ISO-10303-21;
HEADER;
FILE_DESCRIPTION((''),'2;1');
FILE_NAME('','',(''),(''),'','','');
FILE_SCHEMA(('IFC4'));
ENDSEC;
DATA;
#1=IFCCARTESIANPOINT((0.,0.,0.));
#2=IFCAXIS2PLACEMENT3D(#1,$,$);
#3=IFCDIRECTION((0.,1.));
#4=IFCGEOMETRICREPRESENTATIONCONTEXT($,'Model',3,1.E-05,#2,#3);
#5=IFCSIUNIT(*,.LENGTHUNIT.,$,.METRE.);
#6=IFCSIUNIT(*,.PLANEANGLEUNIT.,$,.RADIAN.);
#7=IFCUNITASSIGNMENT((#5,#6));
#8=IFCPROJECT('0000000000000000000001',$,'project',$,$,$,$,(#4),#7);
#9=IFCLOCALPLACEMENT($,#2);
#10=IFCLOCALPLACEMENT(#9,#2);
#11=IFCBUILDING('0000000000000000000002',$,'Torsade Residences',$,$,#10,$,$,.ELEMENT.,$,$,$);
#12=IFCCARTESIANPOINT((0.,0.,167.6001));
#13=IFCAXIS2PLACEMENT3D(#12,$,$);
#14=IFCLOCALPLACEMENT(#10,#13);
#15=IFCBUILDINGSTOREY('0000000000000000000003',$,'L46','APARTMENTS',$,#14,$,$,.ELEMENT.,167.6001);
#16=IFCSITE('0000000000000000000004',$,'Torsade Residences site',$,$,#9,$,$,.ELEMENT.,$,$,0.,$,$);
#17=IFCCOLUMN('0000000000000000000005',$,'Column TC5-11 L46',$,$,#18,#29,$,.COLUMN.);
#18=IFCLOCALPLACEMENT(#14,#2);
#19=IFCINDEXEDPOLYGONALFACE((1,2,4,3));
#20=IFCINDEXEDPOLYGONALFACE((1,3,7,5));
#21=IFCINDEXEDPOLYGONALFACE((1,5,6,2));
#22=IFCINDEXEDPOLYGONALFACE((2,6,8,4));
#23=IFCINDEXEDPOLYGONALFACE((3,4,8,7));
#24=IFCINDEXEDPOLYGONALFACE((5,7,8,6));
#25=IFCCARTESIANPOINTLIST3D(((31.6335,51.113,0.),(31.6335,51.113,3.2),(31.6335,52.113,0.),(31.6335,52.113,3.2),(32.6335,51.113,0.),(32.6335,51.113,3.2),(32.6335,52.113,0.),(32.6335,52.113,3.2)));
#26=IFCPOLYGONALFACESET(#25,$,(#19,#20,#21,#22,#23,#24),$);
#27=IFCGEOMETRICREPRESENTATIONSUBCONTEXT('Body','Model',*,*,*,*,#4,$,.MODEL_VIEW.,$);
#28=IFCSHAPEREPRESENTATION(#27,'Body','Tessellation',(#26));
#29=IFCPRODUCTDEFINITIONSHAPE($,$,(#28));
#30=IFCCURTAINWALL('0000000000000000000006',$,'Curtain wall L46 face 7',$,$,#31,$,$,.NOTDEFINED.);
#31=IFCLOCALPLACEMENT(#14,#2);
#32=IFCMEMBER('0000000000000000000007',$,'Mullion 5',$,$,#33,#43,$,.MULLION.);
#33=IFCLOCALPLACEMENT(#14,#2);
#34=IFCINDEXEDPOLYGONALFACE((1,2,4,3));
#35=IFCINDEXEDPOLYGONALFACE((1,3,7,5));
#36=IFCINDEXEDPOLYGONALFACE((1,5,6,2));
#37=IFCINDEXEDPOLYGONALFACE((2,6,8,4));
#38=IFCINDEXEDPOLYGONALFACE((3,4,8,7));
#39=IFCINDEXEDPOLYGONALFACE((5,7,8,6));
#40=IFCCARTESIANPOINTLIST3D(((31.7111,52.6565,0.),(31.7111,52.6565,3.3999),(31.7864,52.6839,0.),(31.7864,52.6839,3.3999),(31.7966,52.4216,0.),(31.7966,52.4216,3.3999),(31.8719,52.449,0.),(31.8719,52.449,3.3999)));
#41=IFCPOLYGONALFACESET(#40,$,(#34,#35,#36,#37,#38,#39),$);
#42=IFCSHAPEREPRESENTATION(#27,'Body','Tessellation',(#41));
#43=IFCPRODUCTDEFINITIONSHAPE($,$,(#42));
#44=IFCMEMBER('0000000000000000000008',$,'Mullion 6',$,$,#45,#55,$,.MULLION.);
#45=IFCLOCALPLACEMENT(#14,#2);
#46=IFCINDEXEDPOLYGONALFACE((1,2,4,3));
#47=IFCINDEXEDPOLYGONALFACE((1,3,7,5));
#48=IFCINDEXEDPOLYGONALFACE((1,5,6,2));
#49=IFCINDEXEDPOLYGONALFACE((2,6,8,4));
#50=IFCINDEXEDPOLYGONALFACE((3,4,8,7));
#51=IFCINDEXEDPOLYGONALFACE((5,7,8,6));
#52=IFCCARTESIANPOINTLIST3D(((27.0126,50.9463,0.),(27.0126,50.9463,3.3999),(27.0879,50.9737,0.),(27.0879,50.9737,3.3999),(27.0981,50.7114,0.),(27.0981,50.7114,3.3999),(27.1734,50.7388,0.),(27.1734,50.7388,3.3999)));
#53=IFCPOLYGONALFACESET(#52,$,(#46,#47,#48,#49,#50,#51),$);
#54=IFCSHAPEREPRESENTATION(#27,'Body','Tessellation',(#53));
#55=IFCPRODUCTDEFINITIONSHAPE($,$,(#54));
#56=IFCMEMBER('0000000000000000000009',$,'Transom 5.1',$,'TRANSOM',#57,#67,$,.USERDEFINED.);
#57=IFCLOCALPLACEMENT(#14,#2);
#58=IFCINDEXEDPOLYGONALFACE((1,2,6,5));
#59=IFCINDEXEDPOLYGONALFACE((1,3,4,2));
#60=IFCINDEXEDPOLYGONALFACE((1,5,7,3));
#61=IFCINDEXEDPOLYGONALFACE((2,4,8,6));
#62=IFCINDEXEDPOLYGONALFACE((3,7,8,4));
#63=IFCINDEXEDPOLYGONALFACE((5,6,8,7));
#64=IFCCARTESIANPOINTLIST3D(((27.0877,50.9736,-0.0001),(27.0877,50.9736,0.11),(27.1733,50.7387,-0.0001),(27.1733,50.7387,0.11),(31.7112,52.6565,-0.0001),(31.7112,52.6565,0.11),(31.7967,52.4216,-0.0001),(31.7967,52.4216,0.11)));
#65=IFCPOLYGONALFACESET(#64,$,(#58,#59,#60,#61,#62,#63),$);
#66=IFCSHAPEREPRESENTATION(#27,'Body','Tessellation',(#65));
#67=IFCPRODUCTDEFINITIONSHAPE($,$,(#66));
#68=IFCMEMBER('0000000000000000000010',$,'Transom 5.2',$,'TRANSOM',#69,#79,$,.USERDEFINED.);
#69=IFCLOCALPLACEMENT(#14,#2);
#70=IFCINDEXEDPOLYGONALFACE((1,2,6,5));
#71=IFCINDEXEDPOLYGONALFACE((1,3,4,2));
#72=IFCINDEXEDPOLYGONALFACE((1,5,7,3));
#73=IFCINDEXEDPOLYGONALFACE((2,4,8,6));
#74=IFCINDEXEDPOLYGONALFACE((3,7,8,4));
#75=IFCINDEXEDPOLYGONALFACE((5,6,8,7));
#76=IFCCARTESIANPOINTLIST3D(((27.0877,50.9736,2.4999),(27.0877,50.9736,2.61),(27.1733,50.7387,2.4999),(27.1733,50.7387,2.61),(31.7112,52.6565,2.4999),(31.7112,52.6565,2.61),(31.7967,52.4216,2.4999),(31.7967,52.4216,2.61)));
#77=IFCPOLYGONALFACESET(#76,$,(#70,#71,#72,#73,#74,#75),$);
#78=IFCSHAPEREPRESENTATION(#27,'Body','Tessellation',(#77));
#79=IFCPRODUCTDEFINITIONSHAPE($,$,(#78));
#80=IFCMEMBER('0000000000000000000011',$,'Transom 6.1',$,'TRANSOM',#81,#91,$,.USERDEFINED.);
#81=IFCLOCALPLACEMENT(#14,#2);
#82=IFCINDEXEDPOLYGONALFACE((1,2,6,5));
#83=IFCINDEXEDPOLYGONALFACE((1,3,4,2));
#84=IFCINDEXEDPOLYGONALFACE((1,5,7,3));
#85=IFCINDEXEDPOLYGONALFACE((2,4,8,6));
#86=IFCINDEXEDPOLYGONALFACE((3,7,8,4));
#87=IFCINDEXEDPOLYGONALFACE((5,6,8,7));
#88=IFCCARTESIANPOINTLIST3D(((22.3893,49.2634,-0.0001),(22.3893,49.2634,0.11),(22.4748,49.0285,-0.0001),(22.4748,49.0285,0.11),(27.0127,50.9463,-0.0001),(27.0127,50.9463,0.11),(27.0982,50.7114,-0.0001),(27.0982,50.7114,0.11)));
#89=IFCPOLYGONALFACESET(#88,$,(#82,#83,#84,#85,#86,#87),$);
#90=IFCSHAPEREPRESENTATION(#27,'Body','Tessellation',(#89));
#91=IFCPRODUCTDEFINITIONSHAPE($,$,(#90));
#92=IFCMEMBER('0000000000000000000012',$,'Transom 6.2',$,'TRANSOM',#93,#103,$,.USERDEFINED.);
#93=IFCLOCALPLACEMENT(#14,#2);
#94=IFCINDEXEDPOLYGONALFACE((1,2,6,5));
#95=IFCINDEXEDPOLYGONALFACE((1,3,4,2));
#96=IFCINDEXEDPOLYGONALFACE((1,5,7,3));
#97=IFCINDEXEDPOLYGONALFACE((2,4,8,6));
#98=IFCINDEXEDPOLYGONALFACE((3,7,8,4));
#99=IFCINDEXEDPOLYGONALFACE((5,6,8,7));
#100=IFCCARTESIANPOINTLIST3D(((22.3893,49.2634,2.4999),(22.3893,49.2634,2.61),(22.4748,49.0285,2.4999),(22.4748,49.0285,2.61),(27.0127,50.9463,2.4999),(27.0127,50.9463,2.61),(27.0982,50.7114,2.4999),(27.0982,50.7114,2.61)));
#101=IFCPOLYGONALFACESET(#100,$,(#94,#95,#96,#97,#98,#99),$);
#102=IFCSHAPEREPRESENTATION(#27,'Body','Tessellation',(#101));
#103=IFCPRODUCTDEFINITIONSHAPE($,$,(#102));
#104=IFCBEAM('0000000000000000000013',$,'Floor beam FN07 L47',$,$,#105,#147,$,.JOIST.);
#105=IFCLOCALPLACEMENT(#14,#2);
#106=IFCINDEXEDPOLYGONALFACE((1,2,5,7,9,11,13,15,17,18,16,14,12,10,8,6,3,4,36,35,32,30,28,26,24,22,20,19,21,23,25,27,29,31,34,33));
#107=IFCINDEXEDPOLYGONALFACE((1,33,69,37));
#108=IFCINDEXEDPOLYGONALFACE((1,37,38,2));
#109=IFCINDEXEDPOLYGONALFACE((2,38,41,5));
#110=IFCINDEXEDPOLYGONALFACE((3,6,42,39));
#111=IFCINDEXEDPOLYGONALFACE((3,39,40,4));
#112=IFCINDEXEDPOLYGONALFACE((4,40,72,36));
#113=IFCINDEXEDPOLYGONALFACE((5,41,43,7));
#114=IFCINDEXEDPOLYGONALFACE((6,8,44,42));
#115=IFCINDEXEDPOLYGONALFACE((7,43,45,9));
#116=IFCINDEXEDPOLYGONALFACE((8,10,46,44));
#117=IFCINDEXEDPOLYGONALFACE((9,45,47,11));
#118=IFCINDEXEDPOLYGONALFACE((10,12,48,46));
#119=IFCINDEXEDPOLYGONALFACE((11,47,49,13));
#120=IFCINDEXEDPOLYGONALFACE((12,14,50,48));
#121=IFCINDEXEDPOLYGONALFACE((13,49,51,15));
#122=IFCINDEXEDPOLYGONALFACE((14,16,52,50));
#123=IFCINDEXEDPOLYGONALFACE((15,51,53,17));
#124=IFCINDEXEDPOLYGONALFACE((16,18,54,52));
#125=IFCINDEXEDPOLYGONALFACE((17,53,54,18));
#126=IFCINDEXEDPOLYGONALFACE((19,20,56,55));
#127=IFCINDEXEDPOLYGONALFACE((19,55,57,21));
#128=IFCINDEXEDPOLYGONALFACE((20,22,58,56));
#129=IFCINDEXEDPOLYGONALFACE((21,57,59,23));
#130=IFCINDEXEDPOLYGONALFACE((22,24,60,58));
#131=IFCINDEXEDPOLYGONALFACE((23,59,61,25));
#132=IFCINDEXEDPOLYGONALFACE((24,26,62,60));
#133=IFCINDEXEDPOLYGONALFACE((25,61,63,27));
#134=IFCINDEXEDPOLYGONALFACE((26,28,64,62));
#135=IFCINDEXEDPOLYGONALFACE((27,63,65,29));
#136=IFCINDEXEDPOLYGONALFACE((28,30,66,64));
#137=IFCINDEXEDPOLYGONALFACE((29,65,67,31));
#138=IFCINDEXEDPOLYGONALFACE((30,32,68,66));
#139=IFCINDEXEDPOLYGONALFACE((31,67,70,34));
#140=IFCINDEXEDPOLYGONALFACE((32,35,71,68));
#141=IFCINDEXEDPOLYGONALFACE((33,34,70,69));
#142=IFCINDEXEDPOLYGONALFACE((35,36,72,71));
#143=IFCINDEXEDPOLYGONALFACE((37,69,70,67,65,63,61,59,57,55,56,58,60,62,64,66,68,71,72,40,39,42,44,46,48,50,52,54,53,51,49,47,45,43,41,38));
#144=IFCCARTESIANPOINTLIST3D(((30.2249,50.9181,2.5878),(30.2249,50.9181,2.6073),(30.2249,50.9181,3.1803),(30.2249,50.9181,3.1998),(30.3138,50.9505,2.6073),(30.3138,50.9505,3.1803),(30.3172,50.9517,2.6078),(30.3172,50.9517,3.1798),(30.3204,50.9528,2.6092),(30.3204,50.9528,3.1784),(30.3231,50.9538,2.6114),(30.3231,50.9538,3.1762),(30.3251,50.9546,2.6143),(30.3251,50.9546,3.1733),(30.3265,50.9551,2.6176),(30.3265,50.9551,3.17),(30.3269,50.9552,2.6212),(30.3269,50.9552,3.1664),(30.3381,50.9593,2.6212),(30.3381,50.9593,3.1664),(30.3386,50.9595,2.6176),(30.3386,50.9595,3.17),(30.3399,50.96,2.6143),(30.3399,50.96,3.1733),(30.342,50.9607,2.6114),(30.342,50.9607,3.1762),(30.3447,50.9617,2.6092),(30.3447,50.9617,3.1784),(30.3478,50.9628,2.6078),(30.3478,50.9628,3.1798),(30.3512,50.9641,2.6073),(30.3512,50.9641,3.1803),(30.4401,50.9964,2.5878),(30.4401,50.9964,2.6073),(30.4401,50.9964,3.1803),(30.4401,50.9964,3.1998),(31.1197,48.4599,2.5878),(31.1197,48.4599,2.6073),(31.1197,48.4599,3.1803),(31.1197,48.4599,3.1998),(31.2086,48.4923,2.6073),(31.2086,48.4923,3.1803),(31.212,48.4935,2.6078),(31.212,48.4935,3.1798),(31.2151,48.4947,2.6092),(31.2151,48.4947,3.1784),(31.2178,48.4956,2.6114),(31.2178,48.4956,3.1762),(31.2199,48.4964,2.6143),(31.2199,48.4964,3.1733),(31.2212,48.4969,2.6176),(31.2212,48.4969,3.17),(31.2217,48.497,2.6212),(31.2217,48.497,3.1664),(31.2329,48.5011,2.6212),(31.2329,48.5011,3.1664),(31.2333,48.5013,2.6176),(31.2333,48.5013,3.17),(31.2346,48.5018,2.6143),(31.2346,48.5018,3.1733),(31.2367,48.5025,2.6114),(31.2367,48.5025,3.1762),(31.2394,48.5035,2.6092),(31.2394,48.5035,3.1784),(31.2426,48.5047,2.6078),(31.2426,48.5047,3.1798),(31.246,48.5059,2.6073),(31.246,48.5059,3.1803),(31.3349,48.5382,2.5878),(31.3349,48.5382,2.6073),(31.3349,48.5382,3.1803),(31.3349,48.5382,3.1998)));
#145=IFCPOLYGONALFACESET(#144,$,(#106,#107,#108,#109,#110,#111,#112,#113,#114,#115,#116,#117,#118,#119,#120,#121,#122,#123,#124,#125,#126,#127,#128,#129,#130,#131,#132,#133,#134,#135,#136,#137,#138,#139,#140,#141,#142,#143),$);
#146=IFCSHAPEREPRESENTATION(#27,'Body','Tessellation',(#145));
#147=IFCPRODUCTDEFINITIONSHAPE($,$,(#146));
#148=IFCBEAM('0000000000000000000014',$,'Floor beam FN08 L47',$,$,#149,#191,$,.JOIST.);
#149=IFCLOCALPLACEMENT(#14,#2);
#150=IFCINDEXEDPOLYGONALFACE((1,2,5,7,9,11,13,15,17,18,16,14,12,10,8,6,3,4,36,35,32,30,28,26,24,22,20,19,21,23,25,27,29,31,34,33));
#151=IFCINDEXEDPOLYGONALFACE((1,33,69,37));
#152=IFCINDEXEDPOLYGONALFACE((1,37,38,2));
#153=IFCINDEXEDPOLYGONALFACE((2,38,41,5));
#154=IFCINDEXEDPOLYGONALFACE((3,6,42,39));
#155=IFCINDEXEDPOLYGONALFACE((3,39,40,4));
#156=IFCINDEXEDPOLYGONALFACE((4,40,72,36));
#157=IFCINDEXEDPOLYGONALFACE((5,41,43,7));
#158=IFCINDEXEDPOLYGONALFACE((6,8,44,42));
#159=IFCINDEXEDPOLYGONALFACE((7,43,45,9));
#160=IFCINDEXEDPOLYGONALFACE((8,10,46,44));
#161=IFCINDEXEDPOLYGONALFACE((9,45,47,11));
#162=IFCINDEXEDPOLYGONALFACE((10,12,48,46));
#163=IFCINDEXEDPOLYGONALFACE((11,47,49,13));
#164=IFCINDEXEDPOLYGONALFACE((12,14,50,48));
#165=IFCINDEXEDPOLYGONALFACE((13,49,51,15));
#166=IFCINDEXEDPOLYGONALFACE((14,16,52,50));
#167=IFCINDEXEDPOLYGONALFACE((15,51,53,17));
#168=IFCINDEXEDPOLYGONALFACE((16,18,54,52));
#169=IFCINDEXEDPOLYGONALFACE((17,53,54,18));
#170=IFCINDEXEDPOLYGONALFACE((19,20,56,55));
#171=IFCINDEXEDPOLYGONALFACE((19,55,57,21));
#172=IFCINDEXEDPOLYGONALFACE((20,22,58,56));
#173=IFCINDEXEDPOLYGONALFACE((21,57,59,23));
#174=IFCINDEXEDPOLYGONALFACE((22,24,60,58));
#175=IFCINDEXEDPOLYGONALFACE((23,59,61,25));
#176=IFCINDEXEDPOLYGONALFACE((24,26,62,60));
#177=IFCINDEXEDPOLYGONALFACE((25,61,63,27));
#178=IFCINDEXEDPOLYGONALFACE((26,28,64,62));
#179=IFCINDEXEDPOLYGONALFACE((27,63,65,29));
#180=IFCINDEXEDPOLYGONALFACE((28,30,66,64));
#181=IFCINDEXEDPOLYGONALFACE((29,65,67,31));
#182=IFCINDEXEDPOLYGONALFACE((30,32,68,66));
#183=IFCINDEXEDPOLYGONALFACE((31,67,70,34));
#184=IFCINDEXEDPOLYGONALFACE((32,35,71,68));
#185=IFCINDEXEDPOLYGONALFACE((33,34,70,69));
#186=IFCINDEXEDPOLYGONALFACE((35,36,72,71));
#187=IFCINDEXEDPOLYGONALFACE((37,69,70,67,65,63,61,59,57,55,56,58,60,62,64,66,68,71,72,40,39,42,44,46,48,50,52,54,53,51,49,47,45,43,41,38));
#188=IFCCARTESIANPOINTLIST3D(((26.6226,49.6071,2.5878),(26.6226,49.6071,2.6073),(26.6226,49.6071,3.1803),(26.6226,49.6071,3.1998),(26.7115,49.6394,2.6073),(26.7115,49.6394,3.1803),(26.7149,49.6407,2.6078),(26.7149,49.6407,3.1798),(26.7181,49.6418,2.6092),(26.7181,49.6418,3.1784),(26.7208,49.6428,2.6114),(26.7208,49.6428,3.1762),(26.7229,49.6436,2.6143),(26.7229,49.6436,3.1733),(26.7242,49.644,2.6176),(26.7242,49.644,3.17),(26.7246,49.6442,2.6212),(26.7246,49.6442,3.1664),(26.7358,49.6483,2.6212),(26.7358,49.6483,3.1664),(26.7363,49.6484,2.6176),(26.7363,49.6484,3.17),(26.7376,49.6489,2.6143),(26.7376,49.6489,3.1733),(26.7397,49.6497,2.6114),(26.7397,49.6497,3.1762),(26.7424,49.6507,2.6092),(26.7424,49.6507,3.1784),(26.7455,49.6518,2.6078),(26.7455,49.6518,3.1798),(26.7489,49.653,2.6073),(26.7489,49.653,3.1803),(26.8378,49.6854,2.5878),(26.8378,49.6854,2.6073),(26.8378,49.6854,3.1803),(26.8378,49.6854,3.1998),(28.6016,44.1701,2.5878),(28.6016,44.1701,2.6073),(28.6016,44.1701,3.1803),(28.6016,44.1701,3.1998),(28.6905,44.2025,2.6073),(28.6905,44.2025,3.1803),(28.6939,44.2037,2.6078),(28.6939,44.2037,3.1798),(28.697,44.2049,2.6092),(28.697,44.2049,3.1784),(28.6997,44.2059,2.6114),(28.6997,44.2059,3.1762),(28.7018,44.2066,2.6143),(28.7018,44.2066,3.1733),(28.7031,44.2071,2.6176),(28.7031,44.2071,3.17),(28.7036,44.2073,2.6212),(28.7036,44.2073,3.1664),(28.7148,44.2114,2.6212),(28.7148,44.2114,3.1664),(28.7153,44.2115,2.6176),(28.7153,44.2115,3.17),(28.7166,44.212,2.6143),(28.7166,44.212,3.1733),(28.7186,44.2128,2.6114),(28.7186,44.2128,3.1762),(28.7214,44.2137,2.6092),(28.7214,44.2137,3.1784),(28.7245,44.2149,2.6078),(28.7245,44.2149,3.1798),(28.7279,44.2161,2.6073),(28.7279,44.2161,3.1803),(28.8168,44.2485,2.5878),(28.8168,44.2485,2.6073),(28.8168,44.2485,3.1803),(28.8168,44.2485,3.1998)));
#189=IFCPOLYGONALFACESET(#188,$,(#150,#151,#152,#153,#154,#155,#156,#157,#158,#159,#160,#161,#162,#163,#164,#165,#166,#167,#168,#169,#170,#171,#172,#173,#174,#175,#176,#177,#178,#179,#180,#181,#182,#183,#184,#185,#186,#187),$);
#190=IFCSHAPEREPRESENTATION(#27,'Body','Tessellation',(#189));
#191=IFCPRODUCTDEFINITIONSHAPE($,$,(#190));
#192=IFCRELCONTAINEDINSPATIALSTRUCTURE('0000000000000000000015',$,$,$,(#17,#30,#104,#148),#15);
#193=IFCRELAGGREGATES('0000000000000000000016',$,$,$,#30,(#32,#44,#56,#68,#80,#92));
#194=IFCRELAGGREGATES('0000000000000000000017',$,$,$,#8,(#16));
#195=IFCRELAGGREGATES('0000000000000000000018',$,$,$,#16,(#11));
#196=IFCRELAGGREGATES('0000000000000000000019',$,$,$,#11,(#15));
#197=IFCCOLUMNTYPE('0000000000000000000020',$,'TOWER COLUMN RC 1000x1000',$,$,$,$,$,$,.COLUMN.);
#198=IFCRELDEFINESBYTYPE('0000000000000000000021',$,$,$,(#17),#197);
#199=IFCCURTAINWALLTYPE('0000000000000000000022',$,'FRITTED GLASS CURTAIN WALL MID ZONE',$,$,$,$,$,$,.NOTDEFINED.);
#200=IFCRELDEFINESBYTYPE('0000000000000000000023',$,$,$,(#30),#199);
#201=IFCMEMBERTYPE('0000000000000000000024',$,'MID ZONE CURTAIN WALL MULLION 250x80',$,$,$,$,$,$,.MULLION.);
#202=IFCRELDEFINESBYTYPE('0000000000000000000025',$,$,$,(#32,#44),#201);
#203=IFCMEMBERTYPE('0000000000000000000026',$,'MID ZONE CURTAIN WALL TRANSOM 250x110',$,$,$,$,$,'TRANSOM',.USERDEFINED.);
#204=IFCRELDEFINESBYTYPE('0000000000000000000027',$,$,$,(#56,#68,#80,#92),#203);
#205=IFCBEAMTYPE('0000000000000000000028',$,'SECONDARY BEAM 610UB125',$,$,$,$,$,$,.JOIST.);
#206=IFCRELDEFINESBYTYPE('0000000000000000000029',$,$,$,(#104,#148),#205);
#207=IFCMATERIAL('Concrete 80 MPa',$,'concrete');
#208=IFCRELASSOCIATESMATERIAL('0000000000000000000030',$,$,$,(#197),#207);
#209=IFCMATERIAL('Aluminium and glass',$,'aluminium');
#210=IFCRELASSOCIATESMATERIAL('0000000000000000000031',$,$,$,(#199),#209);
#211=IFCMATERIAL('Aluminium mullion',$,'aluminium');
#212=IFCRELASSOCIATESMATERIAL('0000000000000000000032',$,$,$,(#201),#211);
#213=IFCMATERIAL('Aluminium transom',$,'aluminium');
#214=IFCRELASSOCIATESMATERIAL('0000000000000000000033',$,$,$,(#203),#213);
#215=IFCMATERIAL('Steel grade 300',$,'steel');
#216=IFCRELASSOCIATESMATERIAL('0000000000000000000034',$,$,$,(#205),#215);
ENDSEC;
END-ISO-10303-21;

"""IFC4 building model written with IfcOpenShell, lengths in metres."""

from ifc_helpers import new_model, si_unit, direction, frame, origin, origin_2d, place, context, subcontext, project, spatial, rectangle, i_section, extrude, material, material_profile, profile_set, type_object, element, aggregate, save


model = new_model("IFC4")

# Units and contexts
model_context = context("Model", 3, precision=1e-05, world=origin(), true_north=direction((0.0, 1.0)))
body_context = subcontext(model_context, "Body", "Model", "MODEL_VIEW")
ifc_project = project(units=[si_unit("LENGTHUNIT", "METRE"), si_unit("PLANEANGLEUNIT", "RADIAN")], contexts=[model_context])

# Site, building, storey
site_placement = place(None, origin())
site = spatial("IfcSite", under=ifc_project, at=site_placement, Name="Torsade Residences site", CompositionType="ELEMENT", RefElevation=0.0)
building_placement = place(site_placement, origin())
building = spatial("IfcBuilding", under=site, at=building_placement, Name="Torsade Residences", CompositionType="ELEMENT")
storey_placement = place(building_placement, frame((0.0, 0.0, 167.6001)))
storey = spatial("IfcBuildingStorey", under=building, at=storey_placement, Name="L46", Description="APARTMENTS", CompositionType="ELEMENT", Elevation=167.6001)

# Column
ifc_material_1 = material(Name="Concrete 80 MPa", Category="concrete")
ifc_material_profile_1 = material_profile(ifc_material_1, rectangle(XDim=1.0, YDim=1.0, at=origin_2d()), Name="RC 1000x1000")
ifc_profile_set_1 = profile_set([ifc_material_profile_1], Name="Concrete 80 MPa")
column_type = type_object("IfcColumnType", Name="TOWER COLUMN RC 1000x1000", PredefinedType="COLUMN", material=ifc_profile_set_1)
column_placement = place(storey_placement, frame((32.1335, 51.613, 0.0), z_axis=(0.0, 0.0, 1.0), x_axis=(1.0, 0.0, 0.0)))
element("IfcColumn", 1, at=column_placement, inside=storey, type_object=column_type, Name="Column TC5-11 L46", PredefinedType="COLUMN", context=body_context, shape_type="SweptSolid", body=[
    extrude(rectangle(XDim=1.0, YDim=1.0, at=origin_2d()), origin(), (0.0, 0.0, 1.0), 3.2),
])

# Curtain wall, members
ifc_material_2 = material(Name="Aluminium and glass", Category="aluminium")
curtain_wall_type = type_object("IfcCurtainWallType", Name="FRITTED GLASS CURTAIN WALL MID ZONE", PredefinedType="NOTDEFINED", material=ifc_material_2)
curtain_wall_placement = place(storey_placement, origin())
curtain_wall = element("IfcCurtainWall", 2, at=curtain_wall_placement, inside=storey, type_object=curtain_wall_type, Name="Curtain wall L46 face 7", PredefinedType="NOTDEFINED")
ifc_material_3 = material(Name="Aluminium mullion", Category="aluminium")
ifc_material_profile_2 = material_profile(ifc_material_3, rectangle(XDim=0.25, YDim=0.0801, at=origin_2d()), Name="MID ZONE CURTAIN WALL MULLION 250x80")
ifc_profile_set_2 = profile_set([ifc_material_profile_2], Name="Aluminium mullion")
member_type_1 = type_object("IfcMemberType", Name="MID ZONE CURTAIN WALL MULLION 250x80", PredefinedType="MULLION", material=ifc_profile_set_2)
member_1_placement = place(storey_placement, frame((31.7915, 52.5527, 0.0), z_axis=(0.0, 0.0, 1.0), x_axis=(0.34202, -0.939693, 0.0)))
member_1 = element("IfcMember", 3, at=member_1_placement, type_object=member_type_1, Name="Mullion 5", PredefinedType="MULLION", context=body_context, shape_type="SweptSolid", body=[
    extrude(rectangle(XDim=0.25, YDim=0.0801, at=origin_2d()), origin(), (0.0, 0.0, 1.0), 3.3999),
])
member_2_placement = place(storey_placement, frame((27.093, 50.8425, 0.0), z_axis=(0.0, 0.0, 1.0), x_axis=(0.34202, -0.939693, 0.0)))
member_2 = element("IfcMember", 4, at=member_2_placement, type_object=member_type_1, Name="Mullion 6", PredefinedType="MULLION", context=body_context, shape_type="SweptSolid", body=[
    extrude(rectangle(XDim=0.25, YDim=0.0801, at=origin_2d()), origin(), (0.0, 0.0, 1.0), 3.3999),
])
ifc_material_4 = material(Name="Aluminium transom", Category="aluminium")
ifc_material_profile_3 = material_profile(ifc_material_4, rectangle(XDim=0.25, YDim=0.1101, at=origin_2d()), Name="MID ZONE CURTAIN WALL TRANSOM 250x110")
ifc_profile_set_3 = profile_set([ifc_material_profile_3], Name="Aluminium transom")
member_type_2 = type_object("IfcMemberType", Name="MID ZONE CURTAIN WALL TRANSOM 250x110", ElementType="TRANSOM", PredefinedType="USERDEFINED", material=ifc_profile_set_3)
member_3_placement = place(storey_placement, frame((31.7539, 52.5391, 0.0549), z_axis=(-0.939685, -0.342042, 0.0), x_axis=(0.342042, -0.939685, 0.0)))
member_3 = element("IfcMember", 5, at=member_3_placement, type_object=member_type_2, Name="Transom 5.1", ObjectType="TRANSOM", PredefinedType="USERDEFINED", context=body_context, shape_type="SweptSolid", body=[
    extrude(rectangle(XDim=0.25, YDim=0.1101, at=origin_2d()), origin(), (0.0, 0.0, 1.0), 4.9202),
])
member_4_placement = place(storey_placement, frame((31.7539, 52.5391, 2.5549), z_axis=(-0.939685, -0.342042, 0.0), x_axis=(0.342042, -0.939685, 0.0)))
member_4 = element("IfcMember", 6, at=member_4_placement, type_object=member_type_2, Name="Transom 5.2", ObjectType="TRANSOM", PredefinedType="USERDEFINED", context=body_context, shape_type="SweptSolid", body=[
    extrude(rectangle(XDim=0.25, YDim=0.1101, at=origin_2d()), origin(), (0.0, 0.0, 1.0), 4.9202),
])
member_5_placement = place(storey_placement, frame((27.0554, 50.8289, 0.0549), z_axis=(-0.939685, -0.342042, 0.0), x_axis=(0.342042, -0.939685, 0.0)))
member_5 = element("IfcMember", 7, at=member_5_placement, type_object=member_type_2, Name="Transom 6.1", ObjectType="TRANSOM", PredefinedType="USERDEFINED", context=body_context, shape_type="SweptSolid", body=[
    extrude(rectangle(XDim=0.25, YDim=0.1101, at=origin_2d()), origin(), (0.0, 0.0, 1.0), 4.9202),
])
member_6_placement = place(storey_placement, frame((27.0554, 50.8289, 2.5549), z_axis=(-0.939685, -0.342042, 0.0), x_axis=(0.342042, -0.939685, 0.0)))
member_6 = element("IfcMember", 8, at=member_6_placement, type_object=member_type_2, Name="Transom 6.2", ObjectType="TRANSOM", PredefinedType="USERDEFINED", context=body_context, shape_type="SweptSolid", body=[
    extrude(rectangle(XDim=0.25, YDim=0.1101, at=origin_2d()), origin(), (0.0, 0.0, 1.0), 4.9202),
])

# Beams
ifc_material_5 = material(Name="Steel grade 300", Category="steel")
ifc_material_profile_4 = material_profile(ifc_material_5, i_section(OverallWidth=0.229, OverallDepth=0.6121, WebThickness=0.012, FlangeThickness=0.0195, FilletRadius=0.0139, at=origin_2d()), Name="610UB125")
ifc_profile_set_4 = profile_set([ifc_material_profile_4], Name="Steel grade 300")
beam_type_1 = type_object("IfcBeamType", Name="SECONDARY BEAM 610UB125", PredefinedType="JOIST", material=ifc_profile_set_4)
beam_1_placement = place(storey_placement, frame((30.3325, 50.9573, 2.8938), z_axis=(0.342035, -0.939687, 0.0), x_axis=(0.939687, 0.342035, 0.0)))
element("IfcBeam", 9, at=beam_1_placement, inside=storey, type_object=beam_type_1, Name="Floor beam FN07 L47", PredefinedType="JOIST", context=body_context, shape_type="SweptSolid", body=[
    extrude(i_section(OverallWidth=0.229, OverallDepth=0.6121, WebThickness=0.012, FlangeThickness=0.0195, FilletRadius=0.0139, at=origin_2d()), origin(), (0.0, 0.0, 1.0), 2.616),
])
beam_2_placement = place(storey_placement, frame((26.7302, 49.6462, 2.8938), z_axis=(0.342034, -0.939687, 0.0), x_axis=(0.939687, 0.342034, 0.0)))
element("IfcBeam", 10, at=beam_2_placement, inside=storey, type_object=beam_type_1, Name="Floor beam FN08 L47", PredefinedType="JOIST", context=body_context, shape_type="SweptSolid", body=[
    extrude(i_section(OverallWidth=0.229, OverallDepth=0.6121, WebThickness=0.012, FlangeThickness=0.0195, FilletRadius=0.0139, at=origin_2d()), origin(), (0.0, 0.0, 1.0), 5.7859),
])

aggregate(curtain_wall, [member_1, member_2, member_3, member_4, member_5, member_6])

save(model, "model.ifc")
